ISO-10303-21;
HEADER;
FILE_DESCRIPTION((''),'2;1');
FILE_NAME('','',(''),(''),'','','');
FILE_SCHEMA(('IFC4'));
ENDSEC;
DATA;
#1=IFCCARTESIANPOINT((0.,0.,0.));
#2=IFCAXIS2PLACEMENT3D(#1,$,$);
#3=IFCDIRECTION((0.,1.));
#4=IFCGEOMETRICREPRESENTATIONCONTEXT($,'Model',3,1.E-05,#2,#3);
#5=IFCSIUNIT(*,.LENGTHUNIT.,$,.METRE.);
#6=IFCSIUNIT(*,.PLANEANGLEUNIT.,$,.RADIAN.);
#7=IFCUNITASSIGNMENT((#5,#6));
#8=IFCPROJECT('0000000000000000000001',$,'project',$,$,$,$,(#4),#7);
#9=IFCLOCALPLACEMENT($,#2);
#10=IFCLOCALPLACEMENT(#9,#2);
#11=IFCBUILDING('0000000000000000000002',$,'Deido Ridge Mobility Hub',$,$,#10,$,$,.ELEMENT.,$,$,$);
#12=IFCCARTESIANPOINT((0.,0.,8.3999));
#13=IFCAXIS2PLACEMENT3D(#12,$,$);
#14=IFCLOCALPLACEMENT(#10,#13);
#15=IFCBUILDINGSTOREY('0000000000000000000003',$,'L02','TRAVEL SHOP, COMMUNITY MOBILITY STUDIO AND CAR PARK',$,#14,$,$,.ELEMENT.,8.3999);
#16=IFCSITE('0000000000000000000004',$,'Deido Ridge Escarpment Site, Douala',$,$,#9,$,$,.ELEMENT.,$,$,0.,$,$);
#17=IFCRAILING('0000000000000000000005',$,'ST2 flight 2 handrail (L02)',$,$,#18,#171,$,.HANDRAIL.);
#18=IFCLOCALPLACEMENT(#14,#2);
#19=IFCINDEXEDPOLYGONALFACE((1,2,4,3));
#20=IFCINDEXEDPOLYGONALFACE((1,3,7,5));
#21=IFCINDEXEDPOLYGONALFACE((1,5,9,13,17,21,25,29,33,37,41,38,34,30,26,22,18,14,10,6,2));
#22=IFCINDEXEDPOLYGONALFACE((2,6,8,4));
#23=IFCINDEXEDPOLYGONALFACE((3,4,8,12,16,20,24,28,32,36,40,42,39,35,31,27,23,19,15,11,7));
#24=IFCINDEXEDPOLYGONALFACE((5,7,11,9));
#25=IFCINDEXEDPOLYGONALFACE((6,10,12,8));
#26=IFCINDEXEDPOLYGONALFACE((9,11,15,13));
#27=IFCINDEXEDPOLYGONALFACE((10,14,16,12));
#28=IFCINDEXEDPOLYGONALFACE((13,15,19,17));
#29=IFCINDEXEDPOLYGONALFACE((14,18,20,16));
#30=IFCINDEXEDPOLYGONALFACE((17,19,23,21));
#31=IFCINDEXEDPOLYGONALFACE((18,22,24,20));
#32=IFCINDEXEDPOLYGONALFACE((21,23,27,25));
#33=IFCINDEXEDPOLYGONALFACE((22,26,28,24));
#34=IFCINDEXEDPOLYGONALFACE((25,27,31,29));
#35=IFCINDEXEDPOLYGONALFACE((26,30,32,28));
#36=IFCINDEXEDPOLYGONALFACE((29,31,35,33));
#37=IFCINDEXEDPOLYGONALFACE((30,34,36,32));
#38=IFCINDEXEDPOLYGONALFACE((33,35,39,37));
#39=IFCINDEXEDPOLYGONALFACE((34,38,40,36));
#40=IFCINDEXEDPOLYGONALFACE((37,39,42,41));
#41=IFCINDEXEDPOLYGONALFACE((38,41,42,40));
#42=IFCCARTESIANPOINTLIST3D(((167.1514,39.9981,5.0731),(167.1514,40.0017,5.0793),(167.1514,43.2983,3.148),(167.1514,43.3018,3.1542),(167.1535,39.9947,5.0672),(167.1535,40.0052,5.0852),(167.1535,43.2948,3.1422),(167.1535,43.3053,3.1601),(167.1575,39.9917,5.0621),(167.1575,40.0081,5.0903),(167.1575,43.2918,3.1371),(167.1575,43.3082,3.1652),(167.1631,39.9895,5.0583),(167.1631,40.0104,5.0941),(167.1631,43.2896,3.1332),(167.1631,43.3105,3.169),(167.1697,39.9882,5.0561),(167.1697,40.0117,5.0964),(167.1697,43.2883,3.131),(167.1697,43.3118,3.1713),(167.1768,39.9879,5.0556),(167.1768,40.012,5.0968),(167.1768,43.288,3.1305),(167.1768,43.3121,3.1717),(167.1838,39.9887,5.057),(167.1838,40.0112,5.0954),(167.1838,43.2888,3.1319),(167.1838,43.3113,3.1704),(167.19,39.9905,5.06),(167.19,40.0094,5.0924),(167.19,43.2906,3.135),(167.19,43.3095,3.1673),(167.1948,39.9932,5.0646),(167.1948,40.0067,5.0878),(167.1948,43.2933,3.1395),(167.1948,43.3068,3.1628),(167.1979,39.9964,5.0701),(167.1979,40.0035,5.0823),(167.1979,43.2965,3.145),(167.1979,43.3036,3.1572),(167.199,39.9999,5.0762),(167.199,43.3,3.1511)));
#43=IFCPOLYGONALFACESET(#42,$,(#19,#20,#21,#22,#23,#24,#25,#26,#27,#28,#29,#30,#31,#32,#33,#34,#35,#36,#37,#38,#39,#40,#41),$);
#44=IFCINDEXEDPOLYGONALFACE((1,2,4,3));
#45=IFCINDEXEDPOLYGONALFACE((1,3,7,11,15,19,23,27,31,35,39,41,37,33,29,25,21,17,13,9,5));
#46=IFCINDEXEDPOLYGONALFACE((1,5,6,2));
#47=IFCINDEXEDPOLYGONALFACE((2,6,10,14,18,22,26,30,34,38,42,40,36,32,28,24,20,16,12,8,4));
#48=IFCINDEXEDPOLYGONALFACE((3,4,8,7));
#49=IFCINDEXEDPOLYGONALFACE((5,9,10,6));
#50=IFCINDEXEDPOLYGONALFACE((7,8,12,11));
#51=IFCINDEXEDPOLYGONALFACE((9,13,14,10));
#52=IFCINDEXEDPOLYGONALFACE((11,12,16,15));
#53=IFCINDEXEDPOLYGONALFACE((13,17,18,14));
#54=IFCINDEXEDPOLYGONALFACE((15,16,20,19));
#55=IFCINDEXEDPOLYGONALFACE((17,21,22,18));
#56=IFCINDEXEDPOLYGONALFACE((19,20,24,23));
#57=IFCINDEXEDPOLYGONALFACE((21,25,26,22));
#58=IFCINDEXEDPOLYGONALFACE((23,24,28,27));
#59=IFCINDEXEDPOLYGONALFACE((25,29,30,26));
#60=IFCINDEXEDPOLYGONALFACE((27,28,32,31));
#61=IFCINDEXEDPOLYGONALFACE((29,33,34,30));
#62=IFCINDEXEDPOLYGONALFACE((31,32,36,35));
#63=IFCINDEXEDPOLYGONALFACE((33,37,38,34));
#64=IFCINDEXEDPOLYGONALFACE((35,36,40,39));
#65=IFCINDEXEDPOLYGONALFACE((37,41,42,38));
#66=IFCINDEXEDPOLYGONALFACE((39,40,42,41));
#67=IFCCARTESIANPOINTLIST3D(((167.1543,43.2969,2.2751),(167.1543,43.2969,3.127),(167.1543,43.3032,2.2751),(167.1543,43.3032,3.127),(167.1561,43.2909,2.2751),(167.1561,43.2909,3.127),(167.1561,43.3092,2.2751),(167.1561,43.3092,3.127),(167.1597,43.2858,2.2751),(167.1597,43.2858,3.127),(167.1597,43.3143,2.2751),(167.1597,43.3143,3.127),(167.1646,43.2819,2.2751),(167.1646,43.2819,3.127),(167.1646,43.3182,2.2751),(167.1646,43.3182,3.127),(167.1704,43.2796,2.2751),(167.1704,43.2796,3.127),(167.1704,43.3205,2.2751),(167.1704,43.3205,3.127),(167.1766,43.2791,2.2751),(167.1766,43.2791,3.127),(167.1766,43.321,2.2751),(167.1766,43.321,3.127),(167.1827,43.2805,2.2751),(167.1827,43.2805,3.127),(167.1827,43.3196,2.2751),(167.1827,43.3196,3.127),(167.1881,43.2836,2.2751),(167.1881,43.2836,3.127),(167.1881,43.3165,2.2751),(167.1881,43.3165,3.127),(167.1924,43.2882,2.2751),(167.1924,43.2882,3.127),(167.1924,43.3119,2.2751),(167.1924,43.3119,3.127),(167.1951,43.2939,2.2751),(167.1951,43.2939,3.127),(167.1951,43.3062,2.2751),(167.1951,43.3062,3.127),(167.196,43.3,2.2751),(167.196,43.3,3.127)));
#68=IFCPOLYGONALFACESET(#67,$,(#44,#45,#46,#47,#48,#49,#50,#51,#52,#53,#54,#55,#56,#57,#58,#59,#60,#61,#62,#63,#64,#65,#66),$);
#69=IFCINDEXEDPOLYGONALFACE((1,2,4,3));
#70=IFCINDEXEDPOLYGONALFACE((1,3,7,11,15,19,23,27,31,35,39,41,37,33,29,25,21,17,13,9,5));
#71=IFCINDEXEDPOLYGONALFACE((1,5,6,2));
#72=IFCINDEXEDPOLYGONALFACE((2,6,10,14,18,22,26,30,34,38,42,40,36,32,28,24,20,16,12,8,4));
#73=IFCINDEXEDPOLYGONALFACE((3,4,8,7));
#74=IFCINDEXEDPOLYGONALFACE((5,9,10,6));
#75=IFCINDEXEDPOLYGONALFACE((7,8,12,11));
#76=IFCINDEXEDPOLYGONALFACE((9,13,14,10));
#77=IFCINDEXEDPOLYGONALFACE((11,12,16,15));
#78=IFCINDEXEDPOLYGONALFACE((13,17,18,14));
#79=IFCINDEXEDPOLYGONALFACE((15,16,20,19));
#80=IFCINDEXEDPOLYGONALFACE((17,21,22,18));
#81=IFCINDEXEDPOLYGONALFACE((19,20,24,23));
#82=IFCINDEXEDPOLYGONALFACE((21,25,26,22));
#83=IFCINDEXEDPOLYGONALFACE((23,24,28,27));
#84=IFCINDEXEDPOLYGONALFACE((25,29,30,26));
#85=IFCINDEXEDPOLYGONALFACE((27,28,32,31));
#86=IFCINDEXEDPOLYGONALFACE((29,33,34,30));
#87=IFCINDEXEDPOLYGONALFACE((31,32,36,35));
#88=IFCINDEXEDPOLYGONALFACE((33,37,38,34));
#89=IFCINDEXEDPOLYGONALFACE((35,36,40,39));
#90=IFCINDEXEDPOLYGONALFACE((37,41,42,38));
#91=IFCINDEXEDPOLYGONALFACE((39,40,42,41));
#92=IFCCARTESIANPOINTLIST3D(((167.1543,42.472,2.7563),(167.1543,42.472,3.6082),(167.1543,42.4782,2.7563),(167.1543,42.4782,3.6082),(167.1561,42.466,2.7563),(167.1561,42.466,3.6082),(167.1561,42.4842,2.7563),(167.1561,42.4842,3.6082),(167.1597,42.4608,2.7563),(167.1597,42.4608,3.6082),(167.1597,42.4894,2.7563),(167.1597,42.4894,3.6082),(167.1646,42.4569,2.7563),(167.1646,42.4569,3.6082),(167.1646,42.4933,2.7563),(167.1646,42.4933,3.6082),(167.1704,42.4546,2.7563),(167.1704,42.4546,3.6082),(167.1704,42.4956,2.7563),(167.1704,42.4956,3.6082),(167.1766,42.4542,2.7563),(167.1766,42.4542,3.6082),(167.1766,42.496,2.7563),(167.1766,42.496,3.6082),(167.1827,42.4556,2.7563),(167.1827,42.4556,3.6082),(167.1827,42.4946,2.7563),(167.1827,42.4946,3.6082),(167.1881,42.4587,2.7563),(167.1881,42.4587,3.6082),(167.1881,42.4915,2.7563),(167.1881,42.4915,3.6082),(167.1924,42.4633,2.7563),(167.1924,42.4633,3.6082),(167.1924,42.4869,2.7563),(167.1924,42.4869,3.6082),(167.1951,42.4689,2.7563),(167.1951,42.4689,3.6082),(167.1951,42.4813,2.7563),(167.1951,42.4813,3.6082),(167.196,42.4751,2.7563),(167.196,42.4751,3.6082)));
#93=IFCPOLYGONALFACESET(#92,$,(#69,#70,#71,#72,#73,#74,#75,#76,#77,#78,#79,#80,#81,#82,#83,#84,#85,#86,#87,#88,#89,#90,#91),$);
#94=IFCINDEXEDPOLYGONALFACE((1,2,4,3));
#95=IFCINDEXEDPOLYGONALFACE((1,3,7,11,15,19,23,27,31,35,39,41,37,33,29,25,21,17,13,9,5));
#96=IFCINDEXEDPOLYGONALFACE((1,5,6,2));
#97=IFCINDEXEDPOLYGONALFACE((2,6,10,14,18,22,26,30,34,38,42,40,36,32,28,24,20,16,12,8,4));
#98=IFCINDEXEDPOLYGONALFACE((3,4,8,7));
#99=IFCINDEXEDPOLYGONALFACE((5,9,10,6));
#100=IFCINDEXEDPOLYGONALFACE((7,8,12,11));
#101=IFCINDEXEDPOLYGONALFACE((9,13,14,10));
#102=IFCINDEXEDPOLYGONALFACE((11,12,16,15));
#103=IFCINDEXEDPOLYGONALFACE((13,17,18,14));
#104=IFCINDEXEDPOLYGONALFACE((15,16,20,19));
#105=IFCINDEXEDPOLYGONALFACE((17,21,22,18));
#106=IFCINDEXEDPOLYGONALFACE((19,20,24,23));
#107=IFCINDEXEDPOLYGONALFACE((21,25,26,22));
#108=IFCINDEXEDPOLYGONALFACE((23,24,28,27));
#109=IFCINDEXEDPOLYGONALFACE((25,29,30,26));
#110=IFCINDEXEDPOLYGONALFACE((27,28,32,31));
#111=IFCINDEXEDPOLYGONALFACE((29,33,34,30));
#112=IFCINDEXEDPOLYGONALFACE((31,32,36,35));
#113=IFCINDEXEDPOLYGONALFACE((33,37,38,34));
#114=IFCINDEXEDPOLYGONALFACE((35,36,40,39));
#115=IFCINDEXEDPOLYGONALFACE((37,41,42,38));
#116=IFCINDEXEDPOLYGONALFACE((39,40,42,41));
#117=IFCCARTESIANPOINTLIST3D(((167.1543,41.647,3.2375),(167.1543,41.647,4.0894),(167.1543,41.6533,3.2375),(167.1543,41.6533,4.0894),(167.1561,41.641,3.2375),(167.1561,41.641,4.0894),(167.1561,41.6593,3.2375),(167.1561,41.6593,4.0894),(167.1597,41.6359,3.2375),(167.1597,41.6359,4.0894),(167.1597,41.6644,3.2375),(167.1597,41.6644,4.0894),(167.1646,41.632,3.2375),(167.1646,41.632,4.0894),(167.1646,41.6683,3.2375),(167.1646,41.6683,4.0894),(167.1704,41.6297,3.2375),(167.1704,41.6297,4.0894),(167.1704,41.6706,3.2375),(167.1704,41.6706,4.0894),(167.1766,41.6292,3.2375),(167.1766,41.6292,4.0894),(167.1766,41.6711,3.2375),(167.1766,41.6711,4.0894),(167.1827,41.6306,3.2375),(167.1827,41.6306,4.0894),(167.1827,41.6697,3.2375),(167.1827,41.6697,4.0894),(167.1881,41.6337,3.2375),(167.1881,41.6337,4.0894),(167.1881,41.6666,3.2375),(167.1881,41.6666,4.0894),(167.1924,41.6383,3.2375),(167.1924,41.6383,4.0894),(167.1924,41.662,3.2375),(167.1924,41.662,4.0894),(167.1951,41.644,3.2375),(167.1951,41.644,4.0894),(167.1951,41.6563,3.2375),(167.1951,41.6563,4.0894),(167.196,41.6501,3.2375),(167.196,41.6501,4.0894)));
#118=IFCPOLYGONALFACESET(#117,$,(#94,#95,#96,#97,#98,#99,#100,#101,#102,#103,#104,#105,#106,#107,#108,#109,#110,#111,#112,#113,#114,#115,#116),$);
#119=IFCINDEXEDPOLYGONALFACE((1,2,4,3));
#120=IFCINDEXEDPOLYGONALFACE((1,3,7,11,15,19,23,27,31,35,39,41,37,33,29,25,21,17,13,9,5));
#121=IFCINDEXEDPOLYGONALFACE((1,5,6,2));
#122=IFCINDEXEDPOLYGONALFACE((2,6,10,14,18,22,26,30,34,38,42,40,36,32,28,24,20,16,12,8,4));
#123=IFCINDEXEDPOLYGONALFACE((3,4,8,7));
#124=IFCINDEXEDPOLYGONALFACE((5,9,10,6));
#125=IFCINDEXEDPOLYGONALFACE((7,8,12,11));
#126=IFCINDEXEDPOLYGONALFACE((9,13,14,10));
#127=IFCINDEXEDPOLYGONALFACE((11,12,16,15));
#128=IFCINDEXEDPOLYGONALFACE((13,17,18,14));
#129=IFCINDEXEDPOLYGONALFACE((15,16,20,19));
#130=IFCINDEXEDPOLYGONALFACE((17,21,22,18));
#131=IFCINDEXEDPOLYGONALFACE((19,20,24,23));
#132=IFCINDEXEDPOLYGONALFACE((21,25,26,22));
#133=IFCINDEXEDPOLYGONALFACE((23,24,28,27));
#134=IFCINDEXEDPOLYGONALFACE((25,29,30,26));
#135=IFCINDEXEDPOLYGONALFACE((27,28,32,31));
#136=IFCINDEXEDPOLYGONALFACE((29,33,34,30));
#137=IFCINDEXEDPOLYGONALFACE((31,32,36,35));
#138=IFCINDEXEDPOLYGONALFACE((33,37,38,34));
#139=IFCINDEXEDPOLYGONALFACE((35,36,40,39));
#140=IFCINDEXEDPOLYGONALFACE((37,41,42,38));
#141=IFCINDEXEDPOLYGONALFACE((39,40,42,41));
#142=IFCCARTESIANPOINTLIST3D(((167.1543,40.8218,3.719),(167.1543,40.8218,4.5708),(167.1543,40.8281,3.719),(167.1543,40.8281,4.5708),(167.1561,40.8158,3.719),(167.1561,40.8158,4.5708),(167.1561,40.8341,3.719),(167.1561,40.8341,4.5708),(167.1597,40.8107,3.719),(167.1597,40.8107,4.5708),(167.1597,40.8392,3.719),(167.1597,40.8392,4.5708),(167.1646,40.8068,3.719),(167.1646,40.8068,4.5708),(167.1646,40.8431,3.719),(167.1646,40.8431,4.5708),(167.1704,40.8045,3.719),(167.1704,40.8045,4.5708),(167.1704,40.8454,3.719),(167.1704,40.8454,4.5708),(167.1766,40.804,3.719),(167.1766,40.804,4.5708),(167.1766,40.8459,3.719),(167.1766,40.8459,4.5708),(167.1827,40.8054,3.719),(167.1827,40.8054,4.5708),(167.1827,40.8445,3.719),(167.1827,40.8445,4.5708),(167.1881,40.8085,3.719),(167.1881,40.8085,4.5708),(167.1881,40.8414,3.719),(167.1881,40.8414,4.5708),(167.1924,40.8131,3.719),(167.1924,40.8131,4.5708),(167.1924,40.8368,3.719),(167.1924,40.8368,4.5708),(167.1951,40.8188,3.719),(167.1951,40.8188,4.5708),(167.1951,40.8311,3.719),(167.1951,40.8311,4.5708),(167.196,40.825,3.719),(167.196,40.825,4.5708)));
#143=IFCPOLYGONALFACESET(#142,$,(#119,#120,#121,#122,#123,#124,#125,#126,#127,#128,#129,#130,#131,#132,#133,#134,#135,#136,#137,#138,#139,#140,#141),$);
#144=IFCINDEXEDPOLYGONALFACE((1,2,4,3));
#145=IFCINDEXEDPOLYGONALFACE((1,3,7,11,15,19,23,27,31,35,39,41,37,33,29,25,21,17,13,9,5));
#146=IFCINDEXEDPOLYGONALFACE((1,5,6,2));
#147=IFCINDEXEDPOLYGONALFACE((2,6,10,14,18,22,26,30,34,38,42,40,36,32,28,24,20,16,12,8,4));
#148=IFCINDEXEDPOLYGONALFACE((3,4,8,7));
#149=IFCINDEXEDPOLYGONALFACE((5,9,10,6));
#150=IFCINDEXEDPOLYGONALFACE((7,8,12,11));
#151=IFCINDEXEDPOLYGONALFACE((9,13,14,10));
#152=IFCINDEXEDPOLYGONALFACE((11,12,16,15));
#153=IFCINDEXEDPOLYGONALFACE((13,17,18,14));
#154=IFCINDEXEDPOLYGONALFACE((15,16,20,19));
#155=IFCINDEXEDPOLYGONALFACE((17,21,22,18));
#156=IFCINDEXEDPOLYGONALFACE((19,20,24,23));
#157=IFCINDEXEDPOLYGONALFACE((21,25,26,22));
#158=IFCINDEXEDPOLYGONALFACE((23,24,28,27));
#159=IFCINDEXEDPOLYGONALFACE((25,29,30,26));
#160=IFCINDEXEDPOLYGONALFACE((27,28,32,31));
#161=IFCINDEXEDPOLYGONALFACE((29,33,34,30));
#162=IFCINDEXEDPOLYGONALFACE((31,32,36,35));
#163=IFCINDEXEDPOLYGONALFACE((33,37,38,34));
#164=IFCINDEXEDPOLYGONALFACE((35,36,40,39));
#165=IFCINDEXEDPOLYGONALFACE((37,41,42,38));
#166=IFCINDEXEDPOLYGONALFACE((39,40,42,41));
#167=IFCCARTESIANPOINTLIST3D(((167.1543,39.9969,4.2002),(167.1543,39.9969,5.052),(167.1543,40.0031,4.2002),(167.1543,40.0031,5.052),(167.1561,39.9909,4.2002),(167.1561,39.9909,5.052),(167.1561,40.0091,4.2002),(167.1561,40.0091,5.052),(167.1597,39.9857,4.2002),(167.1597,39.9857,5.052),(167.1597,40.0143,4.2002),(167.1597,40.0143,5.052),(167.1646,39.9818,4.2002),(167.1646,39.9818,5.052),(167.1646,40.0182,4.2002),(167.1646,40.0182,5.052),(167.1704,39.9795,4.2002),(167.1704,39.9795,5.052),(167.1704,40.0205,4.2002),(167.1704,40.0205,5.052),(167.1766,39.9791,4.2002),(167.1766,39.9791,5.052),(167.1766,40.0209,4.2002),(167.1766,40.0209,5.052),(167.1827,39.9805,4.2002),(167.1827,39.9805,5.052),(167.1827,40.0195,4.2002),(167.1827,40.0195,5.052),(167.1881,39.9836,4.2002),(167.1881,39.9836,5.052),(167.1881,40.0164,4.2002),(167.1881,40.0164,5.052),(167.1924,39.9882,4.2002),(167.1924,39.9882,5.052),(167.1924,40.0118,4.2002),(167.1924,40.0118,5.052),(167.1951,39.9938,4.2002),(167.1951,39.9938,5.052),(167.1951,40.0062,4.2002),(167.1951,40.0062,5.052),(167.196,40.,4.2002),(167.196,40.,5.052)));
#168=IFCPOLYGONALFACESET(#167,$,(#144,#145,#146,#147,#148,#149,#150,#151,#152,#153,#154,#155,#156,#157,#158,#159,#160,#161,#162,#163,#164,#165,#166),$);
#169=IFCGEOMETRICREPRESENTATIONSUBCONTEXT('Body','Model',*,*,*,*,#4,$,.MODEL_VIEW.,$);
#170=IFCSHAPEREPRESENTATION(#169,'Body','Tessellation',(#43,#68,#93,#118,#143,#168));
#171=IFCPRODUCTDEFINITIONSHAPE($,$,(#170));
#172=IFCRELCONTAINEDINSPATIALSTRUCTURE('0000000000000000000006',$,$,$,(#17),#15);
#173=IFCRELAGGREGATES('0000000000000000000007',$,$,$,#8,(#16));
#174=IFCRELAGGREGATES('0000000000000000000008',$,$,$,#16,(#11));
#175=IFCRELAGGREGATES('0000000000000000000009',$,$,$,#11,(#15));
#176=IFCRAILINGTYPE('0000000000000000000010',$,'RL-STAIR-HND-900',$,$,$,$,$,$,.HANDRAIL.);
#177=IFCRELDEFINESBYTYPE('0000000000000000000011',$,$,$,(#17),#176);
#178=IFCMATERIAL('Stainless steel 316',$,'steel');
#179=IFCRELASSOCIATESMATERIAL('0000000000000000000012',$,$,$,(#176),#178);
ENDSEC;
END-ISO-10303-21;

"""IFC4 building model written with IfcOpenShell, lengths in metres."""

from ifc_helpers import new_model, si_unit, direction, frame, origin, origin_2d, place, context, subcontext, project, spatial, circle, extrude, material, type_object, element, save


model = new_model("IFC4")

# Units and contexts
model_context = context("Model", 3, precision=1e-05, world=origin(), true_north=direction((0.0, 1.0)))
body_context = subcontext(model_context, "Body", "Model", "MODEL_VIEW")
ifc_project = project(units=[si_unit("LENGTHUNIT", "METRE"), si_unit("PLANEANGLEUNIT", "RADIAN")], contexts=[model_context])

# Site, building, storey
site_placement = place(None, origin())
site = spatial("IfcSite", under=ifc_project, at=site_placement, Name="Deido Ridge Escarpment Site, Douala", CompositionType="ELEMENT", RefElevation=0.0)
building_placement = place(site_placement, origin())
building = spatial("IfcBuilding", under=site, at=building_placement, Name="Deido Ridge Mobility Hub", CompositionType="ELEMENT")
storey_placement = place(building_placement, frame((0.0, 0.0, 8.3999)))
storey = spatial("IfcBuildingStorey", under=building, at=storey_placement, Name="L02", Description="TRAVEL SHOP, COMMUNITY MOBILITY STUDIO AND CAR PARK", CompositionType="ELEMENT", Elevation=8.3999)

# Shared definitions
ifc_material_1 = material(Name="Stainless steel 316", Category="steel")

# Railing
railing_type_1 = type_object("IfcRailingType", Name="RL-STAIR-HND-900", PredefinedType="HANDRAIL", material=ifc_material_1)
railing_1_placement = place(storey_placement, frame((167.175, 43.3, 2.2751)))
element("IfcRailing", 1, at=railing_1_placement, inside=storey, type_object=railing_type_1, Name="ST2 flight 2 handrail (L02)", PredefinedType="HANDRAIL", context=body_context, shape_type="SweptSolid", body=[
    extrude(circle(Radius=0.0239, at=origin_2d()), frame((0.0, 0.0, 0.876), z_axis=(0.0, -0.863777, 0.503875), x_axis=(1.0, 0.0, 0.0)), (0.0, 0.0, 1.0), 3.8206),
    extrude(circle(Radius=0.021, at=origin_2d()), origin(), (0.0, 0.0, 1.0), 0.8518),
    extrude(circle(Radius=0.021, at=origin_2d()), frame((0.0, -0.825, 0.4812)), (0.0, 0.0, 1.0), 0.8518),
    extrude(circle(Radius=0.021, at=origin_2d()), frame((0.0, -1.6499, 0.9624)), (0.0, 0.0, 1.0), 0.8518),
    extrude(circle(Radius=0.021, at=origin_2d()), frame((0.0, -2.4751, 1.4438)), (0.0, 0.0, 1.0), 0.8518),
    extrude(circle(Radius=0.021, at=origin_2d()), frame((0.0, -3.3, 1.925)), (0.0, 0.0, 1.0), 0.8518),
])

save(model, "model.ifc")
